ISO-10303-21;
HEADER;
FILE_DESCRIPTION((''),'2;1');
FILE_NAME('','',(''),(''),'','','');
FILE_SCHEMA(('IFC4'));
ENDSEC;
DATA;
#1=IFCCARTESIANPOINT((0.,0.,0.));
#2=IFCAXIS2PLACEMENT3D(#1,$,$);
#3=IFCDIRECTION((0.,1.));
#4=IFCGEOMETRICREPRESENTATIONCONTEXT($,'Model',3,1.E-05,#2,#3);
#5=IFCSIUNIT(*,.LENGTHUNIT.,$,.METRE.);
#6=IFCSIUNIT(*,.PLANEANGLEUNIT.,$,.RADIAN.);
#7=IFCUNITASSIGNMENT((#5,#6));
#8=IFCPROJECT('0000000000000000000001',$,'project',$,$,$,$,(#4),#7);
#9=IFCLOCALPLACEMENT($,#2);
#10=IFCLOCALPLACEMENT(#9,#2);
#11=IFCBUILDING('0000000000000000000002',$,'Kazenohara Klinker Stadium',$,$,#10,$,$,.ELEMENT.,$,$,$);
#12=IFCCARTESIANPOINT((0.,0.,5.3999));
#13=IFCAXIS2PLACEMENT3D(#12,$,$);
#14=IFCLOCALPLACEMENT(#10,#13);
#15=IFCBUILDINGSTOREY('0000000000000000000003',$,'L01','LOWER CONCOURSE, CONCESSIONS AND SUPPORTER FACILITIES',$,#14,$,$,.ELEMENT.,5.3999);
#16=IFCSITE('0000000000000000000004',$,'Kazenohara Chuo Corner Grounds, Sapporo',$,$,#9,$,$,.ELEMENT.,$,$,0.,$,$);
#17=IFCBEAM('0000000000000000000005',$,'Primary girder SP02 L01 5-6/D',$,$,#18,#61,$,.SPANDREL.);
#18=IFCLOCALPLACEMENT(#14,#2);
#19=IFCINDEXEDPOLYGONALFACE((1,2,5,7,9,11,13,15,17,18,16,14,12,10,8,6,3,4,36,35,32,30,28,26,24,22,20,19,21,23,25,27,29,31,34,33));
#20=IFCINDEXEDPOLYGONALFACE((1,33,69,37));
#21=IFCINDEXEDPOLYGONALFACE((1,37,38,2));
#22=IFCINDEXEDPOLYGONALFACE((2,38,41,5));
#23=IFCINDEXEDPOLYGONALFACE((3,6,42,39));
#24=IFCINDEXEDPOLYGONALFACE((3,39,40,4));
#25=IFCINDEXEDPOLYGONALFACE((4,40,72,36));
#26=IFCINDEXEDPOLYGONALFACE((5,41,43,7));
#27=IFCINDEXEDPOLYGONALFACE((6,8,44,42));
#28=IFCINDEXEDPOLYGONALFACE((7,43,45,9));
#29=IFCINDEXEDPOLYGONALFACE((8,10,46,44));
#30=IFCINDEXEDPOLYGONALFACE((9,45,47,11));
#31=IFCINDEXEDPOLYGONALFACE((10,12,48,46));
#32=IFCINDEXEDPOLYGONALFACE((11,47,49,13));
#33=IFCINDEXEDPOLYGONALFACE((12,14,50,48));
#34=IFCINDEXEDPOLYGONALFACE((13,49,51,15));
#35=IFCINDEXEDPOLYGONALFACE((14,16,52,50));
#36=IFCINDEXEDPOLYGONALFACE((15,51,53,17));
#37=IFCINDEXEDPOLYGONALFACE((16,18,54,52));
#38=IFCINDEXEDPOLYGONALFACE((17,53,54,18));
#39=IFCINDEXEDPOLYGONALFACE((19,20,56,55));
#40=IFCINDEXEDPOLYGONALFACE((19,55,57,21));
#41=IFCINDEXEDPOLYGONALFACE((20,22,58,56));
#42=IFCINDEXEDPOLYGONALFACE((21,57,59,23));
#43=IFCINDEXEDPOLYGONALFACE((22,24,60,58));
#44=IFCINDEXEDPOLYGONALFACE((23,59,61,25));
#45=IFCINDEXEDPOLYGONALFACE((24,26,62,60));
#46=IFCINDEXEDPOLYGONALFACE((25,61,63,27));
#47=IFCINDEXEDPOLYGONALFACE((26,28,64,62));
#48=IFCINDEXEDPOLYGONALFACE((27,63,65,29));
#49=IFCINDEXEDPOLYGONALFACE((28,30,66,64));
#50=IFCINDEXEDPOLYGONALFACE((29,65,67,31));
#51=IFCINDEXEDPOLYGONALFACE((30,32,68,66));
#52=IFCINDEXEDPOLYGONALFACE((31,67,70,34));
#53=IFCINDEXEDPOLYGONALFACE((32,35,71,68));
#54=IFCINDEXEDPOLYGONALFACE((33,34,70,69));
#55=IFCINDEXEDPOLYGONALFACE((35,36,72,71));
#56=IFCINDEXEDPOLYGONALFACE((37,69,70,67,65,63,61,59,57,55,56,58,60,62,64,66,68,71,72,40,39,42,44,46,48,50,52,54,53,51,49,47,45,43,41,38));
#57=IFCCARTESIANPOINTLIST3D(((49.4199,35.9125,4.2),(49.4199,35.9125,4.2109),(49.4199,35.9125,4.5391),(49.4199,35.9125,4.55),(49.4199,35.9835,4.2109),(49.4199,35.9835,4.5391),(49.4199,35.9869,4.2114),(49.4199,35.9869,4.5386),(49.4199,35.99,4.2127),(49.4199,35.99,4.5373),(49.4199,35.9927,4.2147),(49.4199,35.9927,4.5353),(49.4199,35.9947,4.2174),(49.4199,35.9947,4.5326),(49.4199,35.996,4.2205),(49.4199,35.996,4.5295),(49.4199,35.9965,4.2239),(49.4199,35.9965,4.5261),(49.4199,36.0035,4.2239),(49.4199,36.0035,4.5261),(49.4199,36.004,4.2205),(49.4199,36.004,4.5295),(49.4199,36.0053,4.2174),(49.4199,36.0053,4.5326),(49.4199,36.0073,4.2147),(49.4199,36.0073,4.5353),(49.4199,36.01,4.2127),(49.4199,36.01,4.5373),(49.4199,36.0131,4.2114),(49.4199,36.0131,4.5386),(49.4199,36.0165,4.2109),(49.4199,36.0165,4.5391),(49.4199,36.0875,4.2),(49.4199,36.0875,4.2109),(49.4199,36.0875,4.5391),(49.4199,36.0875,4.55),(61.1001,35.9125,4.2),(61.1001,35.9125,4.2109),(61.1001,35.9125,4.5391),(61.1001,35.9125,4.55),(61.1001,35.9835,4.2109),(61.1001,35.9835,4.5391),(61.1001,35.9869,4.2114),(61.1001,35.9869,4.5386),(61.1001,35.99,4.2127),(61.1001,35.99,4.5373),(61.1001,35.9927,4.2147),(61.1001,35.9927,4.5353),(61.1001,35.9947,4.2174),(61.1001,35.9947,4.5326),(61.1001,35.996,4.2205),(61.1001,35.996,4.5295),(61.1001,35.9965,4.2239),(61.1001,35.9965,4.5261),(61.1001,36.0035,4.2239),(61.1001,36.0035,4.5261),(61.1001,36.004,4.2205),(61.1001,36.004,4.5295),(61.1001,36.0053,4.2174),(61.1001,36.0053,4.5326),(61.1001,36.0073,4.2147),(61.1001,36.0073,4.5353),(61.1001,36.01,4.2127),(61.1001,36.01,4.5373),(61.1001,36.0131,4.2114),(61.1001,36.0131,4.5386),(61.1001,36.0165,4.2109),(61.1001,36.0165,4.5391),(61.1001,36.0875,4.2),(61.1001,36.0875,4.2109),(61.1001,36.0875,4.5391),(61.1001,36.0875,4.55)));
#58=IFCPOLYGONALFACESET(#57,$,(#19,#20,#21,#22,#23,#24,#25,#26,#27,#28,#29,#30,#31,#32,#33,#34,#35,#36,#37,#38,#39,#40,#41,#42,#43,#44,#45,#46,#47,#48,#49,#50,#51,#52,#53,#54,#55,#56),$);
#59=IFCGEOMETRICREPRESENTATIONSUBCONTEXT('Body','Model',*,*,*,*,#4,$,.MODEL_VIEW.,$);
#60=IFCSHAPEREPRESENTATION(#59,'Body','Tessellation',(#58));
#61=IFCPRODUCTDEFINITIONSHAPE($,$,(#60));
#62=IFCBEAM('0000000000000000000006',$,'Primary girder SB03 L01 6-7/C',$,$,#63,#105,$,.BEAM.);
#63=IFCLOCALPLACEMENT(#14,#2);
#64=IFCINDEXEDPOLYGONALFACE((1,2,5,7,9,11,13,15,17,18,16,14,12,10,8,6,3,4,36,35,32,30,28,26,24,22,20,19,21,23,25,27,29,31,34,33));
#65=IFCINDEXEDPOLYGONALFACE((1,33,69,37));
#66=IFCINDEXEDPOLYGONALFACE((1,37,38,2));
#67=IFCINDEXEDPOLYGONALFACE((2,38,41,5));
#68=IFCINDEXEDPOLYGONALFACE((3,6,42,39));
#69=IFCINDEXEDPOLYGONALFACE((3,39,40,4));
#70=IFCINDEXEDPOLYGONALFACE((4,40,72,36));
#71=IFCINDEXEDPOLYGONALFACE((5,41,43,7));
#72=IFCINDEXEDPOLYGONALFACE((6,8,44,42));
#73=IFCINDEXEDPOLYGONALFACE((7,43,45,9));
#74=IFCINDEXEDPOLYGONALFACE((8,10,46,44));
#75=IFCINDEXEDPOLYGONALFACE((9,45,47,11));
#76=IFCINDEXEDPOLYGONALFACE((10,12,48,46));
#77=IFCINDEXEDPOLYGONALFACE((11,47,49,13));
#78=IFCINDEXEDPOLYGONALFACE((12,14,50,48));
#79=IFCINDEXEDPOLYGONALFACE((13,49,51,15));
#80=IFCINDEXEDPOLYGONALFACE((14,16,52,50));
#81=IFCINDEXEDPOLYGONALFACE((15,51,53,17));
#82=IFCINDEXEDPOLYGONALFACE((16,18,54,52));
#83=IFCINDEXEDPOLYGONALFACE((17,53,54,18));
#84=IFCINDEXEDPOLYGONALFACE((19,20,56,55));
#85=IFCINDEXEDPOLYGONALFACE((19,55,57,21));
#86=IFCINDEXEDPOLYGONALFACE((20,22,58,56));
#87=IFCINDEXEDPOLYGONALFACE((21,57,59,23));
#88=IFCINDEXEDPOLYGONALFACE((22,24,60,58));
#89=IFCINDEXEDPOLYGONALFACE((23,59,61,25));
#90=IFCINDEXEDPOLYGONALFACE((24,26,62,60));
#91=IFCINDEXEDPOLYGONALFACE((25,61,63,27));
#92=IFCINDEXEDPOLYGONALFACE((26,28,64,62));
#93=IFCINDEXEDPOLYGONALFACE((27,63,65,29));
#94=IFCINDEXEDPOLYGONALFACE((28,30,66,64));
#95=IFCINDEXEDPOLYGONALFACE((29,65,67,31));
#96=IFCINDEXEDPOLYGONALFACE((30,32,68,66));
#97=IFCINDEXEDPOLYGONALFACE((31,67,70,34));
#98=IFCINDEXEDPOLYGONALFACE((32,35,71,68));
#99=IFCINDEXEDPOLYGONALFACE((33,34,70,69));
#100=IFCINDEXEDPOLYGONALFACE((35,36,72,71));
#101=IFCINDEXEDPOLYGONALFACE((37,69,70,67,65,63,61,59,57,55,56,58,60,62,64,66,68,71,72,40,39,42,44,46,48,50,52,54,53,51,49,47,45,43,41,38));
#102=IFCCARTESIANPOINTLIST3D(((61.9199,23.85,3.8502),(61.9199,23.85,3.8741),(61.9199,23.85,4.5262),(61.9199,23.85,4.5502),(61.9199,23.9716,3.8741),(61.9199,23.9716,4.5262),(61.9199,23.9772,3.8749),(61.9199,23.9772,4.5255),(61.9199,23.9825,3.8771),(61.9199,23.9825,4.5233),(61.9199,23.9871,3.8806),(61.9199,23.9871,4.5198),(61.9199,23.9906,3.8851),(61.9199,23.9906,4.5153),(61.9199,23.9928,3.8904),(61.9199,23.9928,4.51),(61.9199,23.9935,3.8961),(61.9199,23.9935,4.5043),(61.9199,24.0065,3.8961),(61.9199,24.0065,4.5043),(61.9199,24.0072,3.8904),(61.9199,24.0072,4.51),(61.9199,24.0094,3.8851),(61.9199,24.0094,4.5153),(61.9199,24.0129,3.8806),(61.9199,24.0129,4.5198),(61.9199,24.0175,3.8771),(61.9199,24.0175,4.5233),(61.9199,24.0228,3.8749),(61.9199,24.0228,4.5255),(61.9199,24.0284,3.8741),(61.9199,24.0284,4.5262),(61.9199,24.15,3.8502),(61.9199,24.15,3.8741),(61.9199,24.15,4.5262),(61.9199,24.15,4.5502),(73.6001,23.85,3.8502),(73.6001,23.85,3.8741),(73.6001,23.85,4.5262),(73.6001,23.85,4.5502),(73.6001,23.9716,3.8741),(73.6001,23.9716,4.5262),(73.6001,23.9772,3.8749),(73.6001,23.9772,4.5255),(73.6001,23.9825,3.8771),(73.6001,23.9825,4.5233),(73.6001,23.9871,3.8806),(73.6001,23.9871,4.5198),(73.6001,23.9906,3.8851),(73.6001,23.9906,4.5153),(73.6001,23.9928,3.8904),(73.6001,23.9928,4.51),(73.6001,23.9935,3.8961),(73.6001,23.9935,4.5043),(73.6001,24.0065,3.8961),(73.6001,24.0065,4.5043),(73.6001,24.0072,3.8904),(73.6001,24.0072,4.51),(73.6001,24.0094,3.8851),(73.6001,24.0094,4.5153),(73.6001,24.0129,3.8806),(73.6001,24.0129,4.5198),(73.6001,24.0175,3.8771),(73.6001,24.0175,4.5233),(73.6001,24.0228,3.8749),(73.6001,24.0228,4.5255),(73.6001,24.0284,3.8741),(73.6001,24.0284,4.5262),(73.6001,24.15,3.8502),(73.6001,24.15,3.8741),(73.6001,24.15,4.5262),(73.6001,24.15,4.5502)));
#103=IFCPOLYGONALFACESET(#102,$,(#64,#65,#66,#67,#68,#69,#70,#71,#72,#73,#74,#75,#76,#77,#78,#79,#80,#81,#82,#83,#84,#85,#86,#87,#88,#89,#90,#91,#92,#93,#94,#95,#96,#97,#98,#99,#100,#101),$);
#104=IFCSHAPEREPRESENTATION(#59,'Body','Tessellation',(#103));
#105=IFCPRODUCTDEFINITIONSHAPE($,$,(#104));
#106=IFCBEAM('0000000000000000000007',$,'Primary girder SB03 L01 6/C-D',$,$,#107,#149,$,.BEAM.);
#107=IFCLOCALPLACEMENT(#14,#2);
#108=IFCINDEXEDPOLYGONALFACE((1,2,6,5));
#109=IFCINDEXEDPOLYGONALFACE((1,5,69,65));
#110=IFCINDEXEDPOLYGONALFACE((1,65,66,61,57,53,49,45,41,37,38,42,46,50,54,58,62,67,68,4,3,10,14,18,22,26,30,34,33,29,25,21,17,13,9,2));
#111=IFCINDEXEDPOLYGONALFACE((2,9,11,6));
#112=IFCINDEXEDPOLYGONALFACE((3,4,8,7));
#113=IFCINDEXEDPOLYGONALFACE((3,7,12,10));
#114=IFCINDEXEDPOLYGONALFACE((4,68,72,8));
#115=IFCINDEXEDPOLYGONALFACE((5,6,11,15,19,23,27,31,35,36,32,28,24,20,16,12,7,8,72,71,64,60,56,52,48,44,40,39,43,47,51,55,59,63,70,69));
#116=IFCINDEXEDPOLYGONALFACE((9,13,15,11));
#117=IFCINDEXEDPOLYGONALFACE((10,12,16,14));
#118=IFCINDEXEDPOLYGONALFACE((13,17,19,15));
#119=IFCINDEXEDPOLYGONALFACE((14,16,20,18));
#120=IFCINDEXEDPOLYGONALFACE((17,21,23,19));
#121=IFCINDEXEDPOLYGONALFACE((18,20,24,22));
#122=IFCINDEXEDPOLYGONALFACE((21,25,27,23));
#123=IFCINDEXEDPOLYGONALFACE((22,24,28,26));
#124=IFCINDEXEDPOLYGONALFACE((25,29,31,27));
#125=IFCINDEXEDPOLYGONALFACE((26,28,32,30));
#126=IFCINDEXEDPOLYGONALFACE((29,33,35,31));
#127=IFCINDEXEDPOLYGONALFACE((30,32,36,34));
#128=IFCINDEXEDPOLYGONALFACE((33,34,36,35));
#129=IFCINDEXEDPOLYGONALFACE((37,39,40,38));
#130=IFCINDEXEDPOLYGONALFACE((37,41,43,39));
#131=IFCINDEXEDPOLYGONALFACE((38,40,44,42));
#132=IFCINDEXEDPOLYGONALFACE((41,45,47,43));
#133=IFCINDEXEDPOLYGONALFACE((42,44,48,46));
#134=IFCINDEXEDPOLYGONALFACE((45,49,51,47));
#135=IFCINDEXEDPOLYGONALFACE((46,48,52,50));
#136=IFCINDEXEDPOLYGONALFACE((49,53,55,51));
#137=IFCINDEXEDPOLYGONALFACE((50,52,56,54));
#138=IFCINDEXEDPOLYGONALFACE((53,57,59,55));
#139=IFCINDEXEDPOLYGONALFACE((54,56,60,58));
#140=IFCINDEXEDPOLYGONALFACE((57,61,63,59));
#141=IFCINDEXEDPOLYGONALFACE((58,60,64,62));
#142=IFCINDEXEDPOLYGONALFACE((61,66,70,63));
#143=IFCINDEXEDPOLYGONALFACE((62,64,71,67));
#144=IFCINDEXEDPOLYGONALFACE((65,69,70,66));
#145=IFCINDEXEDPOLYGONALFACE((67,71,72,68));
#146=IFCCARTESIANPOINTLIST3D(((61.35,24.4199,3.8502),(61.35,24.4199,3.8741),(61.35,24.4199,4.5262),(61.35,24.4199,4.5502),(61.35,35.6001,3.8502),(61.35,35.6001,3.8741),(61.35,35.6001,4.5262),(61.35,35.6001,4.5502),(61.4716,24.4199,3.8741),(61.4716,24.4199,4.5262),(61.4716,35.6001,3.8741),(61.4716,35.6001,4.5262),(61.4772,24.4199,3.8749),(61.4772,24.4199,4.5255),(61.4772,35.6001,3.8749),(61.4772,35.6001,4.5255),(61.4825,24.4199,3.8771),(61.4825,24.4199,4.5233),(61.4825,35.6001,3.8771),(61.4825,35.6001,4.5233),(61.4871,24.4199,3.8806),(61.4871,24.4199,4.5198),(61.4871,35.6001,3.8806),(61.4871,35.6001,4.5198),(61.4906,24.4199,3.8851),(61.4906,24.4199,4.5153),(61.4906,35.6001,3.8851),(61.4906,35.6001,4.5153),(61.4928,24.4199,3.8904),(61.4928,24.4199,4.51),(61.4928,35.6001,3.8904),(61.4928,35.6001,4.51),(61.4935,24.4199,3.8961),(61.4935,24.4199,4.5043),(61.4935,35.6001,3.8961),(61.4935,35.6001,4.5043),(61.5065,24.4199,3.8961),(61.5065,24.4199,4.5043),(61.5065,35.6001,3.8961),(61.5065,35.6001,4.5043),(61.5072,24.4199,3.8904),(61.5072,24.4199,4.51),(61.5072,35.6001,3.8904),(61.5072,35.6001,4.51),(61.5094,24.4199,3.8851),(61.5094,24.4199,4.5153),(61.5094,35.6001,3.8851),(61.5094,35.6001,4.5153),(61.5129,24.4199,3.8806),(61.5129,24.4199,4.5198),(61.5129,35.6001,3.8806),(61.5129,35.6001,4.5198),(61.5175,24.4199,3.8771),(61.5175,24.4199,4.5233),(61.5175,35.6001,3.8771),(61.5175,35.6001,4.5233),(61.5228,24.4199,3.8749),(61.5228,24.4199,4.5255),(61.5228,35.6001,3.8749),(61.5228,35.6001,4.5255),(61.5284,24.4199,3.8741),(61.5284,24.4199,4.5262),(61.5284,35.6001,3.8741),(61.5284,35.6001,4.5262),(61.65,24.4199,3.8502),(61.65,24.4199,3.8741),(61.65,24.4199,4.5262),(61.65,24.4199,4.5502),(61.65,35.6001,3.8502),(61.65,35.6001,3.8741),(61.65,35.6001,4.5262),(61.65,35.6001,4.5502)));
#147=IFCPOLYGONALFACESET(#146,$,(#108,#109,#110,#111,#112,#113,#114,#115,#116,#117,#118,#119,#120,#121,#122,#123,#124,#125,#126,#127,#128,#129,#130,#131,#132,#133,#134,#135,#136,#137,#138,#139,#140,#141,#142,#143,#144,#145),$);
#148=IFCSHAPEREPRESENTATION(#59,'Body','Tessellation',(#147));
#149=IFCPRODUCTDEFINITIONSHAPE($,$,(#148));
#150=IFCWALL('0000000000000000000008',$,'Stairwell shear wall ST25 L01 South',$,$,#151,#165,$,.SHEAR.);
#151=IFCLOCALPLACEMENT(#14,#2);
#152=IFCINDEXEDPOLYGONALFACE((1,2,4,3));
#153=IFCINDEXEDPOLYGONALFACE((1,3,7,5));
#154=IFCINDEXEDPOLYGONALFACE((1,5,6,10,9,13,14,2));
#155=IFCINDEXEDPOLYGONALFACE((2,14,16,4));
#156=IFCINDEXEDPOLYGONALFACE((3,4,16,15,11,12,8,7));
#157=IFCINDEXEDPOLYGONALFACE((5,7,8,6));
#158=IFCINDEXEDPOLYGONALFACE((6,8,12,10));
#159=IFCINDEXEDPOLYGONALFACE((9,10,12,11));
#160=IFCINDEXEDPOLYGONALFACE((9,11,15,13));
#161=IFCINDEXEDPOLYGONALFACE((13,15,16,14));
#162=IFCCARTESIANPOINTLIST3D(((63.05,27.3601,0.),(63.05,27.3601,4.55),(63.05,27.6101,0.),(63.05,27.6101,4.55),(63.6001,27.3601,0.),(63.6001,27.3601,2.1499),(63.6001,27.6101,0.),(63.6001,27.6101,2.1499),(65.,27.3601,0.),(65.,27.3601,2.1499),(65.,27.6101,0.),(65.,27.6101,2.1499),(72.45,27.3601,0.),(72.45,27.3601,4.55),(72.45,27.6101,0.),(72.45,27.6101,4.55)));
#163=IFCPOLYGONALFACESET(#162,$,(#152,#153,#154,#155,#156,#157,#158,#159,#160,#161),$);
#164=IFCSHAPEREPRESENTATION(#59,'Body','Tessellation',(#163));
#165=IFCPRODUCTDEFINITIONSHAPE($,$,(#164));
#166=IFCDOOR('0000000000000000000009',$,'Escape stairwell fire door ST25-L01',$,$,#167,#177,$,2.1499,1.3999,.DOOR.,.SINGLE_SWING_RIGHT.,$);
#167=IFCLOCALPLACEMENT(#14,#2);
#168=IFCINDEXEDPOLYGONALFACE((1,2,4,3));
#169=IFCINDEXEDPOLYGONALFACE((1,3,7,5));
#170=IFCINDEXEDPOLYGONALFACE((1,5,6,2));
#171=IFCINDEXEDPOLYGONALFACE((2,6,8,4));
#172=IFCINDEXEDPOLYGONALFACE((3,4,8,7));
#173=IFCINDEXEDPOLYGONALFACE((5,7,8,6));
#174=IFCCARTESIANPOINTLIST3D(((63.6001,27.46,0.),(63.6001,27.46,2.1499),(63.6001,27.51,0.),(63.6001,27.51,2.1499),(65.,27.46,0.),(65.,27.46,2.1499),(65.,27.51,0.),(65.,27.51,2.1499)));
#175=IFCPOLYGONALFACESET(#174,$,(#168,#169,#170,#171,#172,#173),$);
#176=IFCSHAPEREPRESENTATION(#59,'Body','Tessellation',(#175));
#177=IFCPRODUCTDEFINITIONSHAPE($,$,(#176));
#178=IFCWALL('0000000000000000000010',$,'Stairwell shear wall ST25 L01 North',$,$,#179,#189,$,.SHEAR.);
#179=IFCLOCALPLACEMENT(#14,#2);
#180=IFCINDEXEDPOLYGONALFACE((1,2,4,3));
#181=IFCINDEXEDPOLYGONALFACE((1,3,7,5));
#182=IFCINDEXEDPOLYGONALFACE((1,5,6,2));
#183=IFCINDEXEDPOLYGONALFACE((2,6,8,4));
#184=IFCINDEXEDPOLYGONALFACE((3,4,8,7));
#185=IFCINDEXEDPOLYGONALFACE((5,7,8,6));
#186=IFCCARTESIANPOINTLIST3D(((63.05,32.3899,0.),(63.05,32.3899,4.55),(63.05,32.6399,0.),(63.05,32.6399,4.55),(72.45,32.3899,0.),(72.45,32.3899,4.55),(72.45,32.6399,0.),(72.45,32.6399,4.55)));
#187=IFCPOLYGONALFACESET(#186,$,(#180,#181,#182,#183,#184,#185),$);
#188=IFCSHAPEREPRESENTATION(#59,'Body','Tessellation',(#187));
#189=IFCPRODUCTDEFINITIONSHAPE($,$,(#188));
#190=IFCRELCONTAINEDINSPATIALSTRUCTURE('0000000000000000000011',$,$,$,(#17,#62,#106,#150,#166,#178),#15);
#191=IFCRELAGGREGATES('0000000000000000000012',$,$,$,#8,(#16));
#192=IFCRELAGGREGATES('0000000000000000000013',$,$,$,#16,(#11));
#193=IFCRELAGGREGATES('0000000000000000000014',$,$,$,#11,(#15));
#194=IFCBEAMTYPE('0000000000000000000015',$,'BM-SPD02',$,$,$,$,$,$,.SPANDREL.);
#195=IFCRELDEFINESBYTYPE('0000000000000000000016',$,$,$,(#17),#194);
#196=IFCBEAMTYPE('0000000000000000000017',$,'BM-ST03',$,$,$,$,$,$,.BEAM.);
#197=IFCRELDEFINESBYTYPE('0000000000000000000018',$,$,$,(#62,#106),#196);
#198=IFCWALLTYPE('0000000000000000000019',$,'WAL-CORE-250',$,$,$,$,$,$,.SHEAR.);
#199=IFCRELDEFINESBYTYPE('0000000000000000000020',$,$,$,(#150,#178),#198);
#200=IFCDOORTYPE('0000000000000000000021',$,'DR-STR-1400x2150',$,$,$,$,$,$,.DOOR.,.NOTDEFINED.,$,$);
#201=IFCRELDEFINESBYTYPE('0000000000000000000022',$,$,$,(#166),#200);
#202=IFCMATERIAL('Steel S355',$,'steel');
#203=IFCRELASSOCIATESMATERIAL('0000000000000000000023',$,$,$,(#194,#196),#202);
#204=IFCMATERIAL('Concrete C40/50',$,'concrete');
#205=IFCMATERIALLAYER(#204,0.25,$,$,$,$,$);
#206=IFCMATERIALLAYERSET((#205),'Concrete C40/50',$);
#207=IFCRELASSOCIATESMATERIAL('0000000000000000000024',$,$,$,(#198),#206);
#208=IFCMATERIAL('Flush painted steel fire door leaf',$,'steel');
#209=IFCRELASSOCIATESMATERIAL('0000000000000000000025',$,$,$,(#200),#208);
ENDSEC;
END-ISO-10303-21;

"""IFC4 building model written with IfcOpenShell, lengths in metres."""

from ifc_helpers import new_model, si_unit, direction, frame, frame_2d, origin, origin_2d, place, context, subcontext, project, spatial, rectangle, i_section, extrude, material, layer, layer_set, material_profile, profile_set, type_object, element, fill, save


model = new_model("IFC4")

# Units and contexts
model_context = context("Model", 3, precision=1e-05, world=origin(), true_north=direction((0.0, 1.0)))
body_context = subcontext(model_context, "Body", "Model", "MODEL_VIEW")
ifc_project = project(units=[si_unit("LENGTHUNIT", "METRE"), si_unit("PLANEANGLEUNIT", "RADIAN")], contexts=[model_context])

# Site, building, storey
site_placement = place(None, origin())
site = spatial("IfcSite", under=ifc_project, at=site_placement, Name="Kazenohara Chuo Corner Grounds, Sapporo", CompositionType="ELEMENT", RefElevation=0.0)
building_placement = place(site_placement, origin())
building = spatial("IfcBuilding", under=site, at=building_placement, Name="Kazenohara Klinker Stadium", CompositionType="ELEMENT")
storey_placement = place(building_placement, frame((0.0, 0.0, 5.3999)))
storey = spatial("IfcBuildingStorey", under=building, at=storey_placement, Name="L01", Description="LOWER CONCOURSE, CONCESSIONS AND SUPPORTER FACILITIES", CompositionType="ELEMENT", Elevation=5.3999)

# Shared definitions
ifc_material_1 = material(Name="Concrete C40/50", Category="concrete")

# Beams
ifc_material_2 = material(Name="Steel S355", Category="steel")
ifc_material_profile_1 = material_profile(ifc_material_2, i_section(OverallWidth=0.175, OverallDepth=0.3501, WebThickness=0.0071, FlangeThickness=0.011, FilletRadius=0.0129, at=origin_2d()), Name="H-350x175x7x11")
ifc_profile_set_1 = profile_set([ifc_material_profile_1], Name="Steel S355")
beam_type_1 = type_object("IfcBeamType", Name="BM-SPD02", PredefinedType="SPANDREL", material=ifc_profile_set_1)
beam_1_placement = place(storey_placement, frame((49.4199, 36.0, 4.375), z_axis=(1.0, 0.0, 0.0), x_axis=(0.0, 1.0, 0.0)))
element("IfcBeam", 1, at=beam_1_placement, inside=storey, type_object=beam_type_1, Name="Primary girder SP02 L01 5-6/D", PredefinedType="SPANDREL", context=body_context, shape_type="SweptSolid", body=[
    extrude(i_section(OverallWidth=0.175, OverallDepth=0.3501, WebThickness=0.0071, FlangeThickness=0.011, FilletRadius=0.0129, at=origin_2d()), origin(), (0.0, 0.0, 1.0), 11.6802),
])
ifc_material_profile_2 = material_profile(ifc_material_2, i_section(OverallWidth=0.3, OverallDepth=0.7, WebThickness=0.0129, FlangeThickness=0.0239, FilletRadius=0.022, at=origin_2d()), Name="H-700x300x13x24")
ifc_profile_set_2 = profile_set([ifc_material_profile_2], Name="Steel S355")
beam_type_2 = type_object("IfcBeamType", Name="BM-ST03", PredefinedType="BEAM", material=ifc_profile_set_2)
beam_2_placement = place(storey_placement, frame((61.9199, 24.0, 4.2002), z_axis=(1.0, 0.0, 0.0), x_axis=(0.0, 1.0, 0.0)))
element("IfcBeam", 2, at=beam_2_placement, inside=storey, type_object=beam_type_2, Name="Primary girder SB03 L01 6-7/C", PredefinedType="BEAM", context=body_context, shape_type="SweptSolid", body=[
    extrude(i_section(OverallWidth=0.3, OverallDepth=0.7, WebThickness=0.0129, FlangeThickness=0.0239, FilletRadius=0.022, at=origin_2d()), origin(), (0.0, 0.0, 1.0), 11.6802),
])
beam_3_placement = place(storey_placement, frame((61.5, 24.4199, 4.2002), z_axis=(0.0, 1.0, 0.0), x_axis=(-1.0, 0.0, 0.0)))
element("IfcBeam", 3, at=beam_3_placement, inside=storey, type_object=beam_type_2, Name="Primary girder SB03 L01 6/C-D", PredefinedType="BEAM", context=body_context, shape_type="SweptSolid", body=[
    extrude(i_section(OverallWidth=0.3, OverallDepth=0.7, WebThickness=0.0129, FlangeThickness=0.0239, FilletRadius=0.022, at=origin_2d()), origin(), (0.0, 0.0, 1.0), 11.1802),
])

# Wall, opening, door
ifc_layer_1 = layer(ifc_material_1, 0.25)
ifc_layer_set_1 = layer_set([ifc_layer_1], Name="Concrete C40/50")
wall_type_1 = type_object("IfcWallType", Name="WAL-CORE-250", PredefinedType="SHEAR", material=ifc_layer_set_1)
wall_1_placement = place(storey_placement, frame((63.05, 27.4851, 0.0), z_axis=(0.0, 0.0, 1.0), x_axis=(1.0, 0.0, 0.0)))
wall_1 = element("IfcWall", 4, at=wall_1_placement, inside=storey, type_object=wall_type_1, Name="Stairwell shear wall ST25 L01 South", PredefinedType="SHEAR", context=body_context, shape_type="SweptSolid", body=[
    extrude(rectangle(XDim=9.3999, YDim=0.25, at=frame_2d((4.7, 0.0))), origin(), (0.0, 0.0, 1.0), 4.55),
])
opening_1_placement = place(wall_1_placement, frame((0.55, 0.0, 0.0)))
opening_1 = element("IfcOpeningElement", 5, at=opening_1_placement, cuts=wall_1, PredefinedType="OPENING", context=body_context, shape_type="SweptSolid", body=[
    extrude(rectangle(XDim=1.3999, YDim=2.1499, at=frame_2d((0.7, 1.075))), frame((0.0, 0.135, 0.0), z_axis=(0.0, -1.0, 0.0), x_axis=(1.0, 0.0, 0.0)), (0.0, 0.0, 1.0), 0.27),
])
ifc_material_3 = material(Name="Flush painted steel fire door leaf", Category="steel")
door_type_1 = type_object("IfcDoorType", Name="DR-STR-1400x2150", OperationType="NOTDEFINED", PredefinedType="DOOR", material=ifc_material_3)
door_1_placement = place(opening_1_placement, origin())
door_1 = element("IfcDoor", 6, at=door_1_placement, inside=storey, type_object=door_type_1, Name="Escape stairwell fire door ST25-L01", OperationType="SINGLE_SWING_RIGHT", OverallHeight=2.1499, OverallWidth=1.3999, PredefinedType="DOOR", context=body_context, shape_type="SweptSolid", body=[
    extrude(rectangle(XDim=1.3999, YDim=2.1499, at=frame_2d((0.7, 1.075))), frame((0.0, 0.0249, 0.0), z_axis=(0.0, -1.0, 0.0), x_axis=(1.0, 0.0, 0.0)), (0.0, 0.0, 1.0), 0.05),
])
fill(opening_1, door_1)

# Wall
wall_2_placement = place(storey_placement, frame((63.05, 32.5149, 0.0), z_axis=(0.0, 0.0, 1.0), x_axis=(1.0, 0.0, 0.0)))
element("IfcWall", 7, at=wall_2_placement, inside=storey, type_object=wall_type_1, Name="Stairwell shear wall ST25 L01 North", PredefinedType="SHEAR", context=body_context, shape_type="SweptSolid", body=[
    extrude(rectangle(XDim=9.3999, YDim=0.25, at=frame_2d((4.7, 0.0))), origin(), (0.0, 0.0, 1.0), 4.55),
])

save(model, "model.ifc")
